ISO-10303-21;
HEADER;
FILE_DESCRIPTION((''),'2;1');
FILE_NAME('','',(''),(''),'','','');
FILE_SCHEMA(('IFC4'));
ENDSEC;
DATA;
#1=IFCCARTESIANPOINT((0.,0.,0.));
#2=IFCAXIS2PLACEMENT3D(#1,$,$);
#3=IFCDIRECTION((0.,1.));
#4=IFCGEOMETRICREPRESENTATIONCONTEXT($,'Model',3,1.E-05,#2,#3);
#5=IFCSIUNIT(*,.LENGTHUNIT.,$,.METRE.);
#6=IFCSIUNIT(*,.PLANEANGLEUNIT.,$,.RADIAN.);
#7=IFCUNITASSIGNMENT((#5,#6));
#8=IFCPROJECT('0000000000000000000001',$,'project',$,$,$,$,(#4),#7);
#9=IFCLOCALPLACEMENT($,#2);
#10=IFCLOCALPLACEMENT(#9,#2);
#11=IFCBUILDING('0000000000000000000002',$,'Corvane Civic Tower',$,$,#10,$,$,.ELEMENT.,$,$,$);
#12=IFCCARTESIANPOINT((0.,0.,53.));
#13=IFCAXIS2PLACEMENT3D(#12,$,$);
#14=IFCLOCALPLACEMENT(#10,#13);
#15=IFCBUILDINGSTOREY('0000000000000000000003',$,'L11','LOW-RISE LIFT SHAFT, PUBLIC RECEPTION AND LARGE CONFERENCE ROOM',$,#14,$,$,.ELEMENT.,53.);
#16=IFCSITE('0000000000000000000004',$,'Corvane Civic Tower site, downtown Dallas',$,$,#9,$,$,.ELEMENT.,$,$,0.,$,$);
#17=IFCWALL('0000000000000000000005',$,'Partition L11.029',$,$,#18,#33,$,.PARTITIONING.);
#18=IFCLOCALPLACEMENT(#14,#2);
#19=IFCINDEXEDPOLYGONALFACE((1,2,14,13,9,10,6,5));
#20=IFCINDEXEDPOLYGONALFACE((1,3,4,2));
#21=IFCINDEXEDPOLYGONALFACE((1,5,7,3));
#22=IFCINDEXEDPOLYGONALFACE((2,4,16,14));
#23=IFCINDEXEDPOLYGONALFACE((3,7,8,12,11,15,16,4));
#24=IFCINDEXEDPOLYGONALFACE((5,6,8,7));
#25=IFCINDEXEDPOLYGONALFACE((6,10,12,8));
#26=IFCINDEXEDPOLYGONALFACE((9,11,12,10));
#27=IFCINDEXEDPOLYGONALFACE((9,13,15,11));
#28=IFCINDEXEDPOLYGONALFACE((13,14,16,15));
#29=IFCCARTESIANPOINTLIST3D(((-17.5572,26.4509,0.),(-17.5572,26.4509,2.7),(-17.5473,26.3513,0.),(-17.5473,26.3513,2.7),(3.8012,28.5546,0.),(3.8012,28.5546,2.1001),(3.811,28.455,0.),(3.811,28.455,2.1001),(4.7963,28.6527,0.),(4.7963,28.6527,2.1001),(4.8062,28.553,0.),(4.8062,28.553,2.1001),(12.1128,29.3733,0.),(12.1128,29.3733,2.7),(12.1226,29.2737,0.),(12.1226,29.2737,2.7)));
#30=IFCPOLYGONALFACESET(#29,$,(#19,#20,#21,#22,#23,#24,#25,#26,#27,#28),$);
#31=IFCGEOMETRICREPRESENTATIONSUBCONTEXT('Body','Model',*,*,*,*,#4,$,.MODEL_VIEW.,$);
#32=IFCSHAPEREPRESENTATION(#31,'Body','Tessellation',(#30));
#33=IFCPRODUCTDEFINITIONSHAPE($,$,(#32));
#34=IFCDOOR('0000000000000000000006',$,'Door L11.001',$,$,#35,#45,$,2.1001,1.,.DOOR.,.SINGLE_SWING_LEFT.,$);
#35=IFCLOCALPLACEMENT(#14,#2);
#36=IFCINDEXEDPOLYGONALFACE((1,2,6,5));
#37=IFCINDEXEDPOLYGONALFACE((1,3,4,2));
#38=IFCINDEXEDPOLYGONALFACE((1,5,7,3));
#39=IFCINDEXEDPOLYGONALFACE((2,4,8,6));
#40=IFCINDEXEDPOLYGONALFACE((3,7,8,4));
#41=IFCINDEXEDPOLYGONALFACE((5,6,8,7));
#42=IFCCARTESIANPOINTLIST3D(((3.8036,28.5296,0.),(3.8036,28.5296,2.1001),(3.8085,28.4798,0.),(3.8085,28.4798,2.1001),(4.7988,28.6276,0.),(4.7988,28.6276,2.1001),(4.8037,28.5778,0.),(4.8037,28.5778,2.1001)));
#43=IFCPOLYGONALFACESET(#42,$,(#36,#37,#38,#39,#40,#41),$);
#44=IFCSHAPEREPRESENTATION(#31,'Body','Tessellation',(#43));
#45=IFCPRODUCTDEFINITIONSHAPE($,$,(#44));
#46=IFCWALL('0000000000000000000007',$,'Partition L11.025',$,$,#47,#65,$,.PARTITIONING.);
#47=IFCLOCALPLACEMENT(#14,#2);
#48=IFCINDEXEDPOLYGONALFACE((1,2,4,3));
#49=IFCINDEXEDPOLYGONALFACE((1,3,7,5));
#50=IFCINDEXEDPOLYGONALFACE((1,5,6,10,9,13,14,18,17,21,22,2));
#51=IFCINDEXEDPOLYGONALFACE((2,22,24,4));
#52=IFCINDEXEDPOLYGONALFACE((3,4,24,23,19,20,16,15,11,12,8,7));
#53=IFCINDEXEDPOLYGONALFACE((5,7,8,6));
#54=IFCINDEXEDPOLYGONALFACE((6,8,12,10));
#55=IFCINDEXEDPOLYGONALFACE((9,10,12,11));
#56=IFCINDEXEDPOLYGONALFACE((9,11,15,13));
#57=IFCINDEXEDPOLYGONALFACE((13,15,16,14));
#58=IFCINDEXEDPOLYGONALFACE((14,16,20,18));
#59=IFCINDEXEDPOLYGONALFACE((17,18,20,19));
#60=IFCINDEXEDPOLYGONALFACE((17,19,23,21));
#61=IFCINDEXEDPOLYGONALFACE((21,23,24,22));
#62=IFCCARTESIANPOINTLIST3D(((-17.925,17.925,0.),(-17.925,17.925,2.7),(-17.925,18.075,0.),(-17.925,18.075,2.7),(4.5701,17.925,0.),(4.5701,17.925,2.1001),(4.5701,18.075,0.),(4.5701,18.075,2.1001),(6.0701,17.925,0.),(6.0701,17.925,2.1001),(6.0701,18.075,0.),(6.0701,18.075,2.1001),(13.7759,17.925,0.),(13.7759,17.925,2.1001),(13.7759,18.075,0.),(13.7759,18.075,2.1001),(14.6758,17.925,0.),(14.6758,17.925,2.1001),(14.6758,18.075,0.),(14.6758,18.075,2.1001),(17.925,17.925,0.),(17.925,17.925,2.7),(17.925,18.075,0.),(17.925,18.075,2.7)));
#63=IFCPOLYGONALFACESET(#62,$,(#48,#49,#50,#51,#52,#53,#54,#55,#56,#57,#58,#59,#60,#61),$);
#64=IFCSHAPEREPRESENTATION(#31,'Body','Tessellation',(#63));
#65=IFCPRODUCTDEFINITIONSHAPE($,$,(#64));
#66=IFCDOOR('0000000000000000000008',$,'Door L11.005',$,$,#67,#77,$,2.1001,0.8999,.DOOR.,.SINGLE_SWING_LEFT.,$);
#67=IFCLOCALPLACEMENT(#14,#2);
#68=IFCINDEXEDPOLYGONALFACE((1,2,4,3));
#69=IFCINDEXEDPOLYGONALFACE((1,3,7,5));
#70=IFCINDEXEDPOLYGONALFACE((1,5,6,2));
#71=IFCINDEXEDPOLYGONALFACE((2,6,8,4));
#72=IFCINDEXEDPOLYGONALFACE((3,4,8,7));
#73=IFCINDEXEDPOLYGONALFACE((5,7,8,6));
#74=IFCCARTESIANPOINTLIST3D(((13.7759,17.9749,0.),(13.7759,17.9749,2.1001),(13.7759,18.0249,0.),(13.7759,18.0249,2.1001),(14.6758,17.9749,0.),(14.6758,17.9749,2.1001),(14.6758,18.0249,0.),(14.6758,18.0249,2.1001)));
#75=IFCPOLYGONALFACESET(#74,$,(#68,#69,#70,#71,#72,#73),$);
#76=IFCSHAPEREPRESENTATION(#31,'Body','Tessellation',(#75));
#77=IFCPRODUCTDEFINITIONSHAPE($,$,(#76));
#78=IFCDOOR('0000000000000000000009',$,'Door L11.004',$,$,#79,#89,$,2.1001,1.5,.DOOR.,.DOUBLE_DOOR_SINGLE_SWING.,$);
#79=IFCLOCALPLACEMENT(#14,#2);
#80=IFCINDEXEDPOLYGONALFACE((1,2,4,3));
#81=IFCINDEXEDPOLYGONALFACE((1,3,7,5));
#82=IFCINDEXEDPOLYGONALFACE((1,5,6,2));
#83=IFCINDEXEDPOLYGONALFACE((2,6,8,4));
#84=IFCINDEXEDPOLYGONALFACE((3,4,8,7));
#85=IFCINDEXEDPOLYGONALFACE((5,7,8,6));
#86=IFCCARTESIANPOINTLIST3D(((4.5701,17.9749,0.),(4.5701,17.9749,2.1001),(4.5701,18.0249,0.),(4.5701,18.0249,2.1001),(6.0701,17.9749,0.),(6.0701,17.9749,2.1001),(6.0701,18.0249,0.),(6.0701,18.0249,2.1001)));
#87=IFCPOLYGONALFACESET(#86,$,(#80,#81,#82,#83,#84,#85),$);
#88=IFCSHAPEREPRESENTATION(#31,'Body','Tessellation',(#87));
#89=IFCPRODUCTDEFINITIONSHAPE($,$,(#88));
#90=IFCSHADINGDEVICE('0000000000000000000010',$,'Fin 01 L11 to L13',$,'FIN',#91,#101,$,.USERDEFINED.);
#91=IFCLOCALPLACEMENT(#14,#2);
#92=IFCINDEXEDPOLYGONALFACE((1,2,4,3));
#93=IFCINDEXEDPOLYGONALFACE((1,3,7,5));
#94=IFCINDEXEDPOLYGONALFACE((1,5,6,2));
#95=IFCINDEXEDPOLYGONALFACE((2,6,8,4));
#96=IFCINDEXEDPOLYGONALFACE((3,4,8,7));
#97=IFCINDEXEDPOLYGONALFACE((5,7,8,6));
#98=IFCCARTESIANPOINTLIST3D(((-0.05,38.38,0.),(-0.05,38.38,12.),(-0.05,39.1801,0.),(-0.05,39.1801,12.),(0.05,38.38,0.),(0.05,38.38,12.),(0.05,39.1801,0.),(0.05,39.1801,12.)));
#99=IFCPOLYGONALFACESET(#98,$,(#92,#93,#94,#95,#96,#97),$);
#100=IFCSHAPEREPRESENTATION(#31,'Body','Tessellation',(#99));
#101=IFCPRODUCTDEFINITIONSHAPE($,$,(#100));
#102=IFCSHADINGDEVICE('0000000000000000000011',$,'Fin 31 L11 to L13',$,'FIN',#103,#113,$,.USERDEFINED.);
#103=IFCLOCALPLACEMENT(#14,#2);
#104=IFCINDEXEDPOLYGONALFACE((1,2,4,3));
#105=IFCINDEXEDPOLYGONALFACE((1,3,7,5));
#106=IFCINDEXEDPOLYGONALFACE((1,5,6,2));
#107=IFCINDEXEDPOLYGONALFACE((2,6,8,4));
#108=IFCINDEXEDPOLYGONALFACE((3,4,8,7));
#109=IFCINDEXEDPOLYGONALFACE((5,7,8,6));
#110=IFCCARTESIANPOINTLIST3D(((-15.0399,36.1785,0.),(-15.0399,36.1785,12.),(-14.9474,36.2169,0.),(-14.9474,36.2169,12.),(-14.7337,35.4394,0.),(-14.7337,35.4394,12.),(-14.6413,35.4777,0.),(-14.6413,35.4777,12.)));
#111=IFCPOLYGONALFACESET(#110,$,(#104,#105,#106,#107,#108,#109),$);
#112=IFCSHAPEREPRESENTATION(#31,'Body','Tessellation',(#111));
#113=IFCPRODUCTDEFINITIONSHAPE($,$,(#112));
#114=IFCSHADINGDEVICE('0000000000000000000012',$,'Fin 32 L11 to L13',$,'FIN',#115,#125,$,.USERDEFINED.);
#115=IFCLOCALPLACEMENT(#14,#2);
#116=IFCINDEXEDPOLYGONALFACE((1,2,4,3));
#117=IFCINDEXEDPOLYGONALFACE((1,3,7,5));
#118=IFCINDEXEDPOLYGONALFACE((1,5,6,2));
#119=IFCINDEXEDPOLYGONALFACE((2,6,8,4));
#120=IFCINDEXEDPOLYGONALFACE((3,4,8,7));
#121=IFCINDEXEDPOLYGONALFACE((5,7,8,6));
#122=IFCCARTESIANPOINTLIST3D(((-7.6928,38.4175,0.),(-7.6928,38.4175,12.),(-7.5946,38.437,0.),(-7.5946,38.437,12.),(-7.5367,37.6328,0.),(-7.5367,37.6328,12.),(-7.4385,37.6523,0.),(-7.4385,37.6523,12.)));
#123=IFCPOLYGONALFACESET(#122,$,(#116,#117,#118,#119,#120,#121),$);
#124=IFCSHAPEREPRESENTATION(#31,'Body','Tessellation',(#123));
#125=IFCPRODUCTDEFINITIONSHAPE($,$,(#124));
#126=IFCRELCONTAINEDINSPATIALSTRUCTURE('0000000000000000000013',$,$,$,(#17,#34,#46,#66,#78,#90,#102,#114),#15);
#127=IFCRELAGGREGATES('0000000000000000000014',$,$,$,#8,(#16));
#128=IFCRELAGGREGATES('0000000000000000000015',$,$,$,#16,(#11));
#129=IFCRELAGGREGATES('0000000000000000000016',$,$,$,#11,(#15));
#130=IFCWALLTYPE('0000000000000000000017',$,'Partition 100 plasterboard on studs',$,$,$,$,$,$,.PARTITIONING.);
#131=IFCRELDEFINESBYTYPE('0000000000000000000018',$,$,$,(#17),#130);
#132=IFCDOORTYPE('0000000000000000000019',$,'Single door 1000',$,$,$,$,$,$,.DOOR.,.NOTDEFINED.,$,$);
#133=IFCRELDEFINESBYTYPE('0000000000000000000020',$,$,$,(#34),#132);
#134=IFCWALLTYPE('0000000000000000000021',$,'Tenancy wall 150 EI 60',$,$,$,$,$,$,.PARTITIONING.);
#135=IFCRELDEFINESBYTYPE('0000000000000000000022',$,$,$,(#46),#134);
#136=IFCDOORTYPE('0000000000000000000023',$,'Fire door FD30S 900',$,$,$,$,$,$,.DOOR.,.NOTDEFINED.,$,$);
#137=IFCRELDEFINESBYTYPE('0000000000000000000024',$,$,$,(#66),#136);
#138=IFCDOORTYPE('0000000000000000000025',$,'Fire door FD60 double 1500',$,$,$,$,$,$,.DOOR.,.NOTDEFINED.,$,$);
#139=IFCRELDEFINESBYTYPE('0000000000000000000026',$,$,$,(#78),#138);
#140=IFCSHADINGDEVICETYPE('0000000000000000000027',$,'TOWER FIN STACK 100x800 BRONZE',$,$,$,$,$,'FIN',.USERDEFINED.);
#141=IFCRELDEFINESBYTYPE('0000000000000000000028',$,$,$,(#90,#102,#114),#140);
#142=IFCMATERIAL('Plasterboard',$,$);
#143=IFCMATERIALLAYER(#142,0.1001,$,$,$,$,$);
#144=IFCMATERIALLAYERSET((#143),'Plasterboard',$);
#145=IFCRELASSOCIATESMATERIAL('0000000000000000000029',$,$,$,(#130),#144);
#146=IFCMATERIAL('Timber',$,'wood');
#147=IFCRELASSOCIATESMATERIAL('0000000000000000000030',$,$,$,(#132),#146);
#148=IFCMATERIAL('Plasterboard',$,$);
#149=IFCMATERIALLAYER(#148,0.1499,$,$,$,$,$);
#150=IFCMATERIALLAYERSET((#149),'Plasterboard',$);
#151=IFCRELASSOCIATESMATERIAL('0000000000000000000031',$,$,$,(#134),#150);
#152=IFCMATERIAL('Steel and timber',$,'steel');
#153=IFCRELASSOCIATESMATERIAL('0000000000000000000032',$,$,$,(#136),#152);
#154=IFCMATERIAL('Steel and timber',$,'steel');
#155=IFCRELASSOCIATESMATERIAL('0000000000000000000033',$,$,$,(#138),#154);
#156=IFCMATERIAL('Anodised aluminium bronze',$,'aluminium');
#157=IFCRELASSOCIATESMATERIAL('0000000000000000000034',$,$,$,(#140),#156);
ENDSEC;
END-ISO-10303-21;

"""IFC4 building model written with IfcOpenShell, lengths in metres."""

from ifc_helpers import new_model, si_unit, direction, frame, frame_2d, origin, origin_2d, place, context, subcontext, project, spatial, rectangle, extrude, material, layer, layer_set, material_profile, profile_set, type_object, element, fill, save


model = new_model("IFC4")

# Units and contexts
model_context = context("Model", 3, precision=1e-05, world=origin(), true_north=direction((0.0, 1.0)))
body_context = subcontext(model_context, "Body", "Model", "MODEL_VIEW")
ifc_project = project(units=[si_unit("LENGTHUNIT", "METRE"), si_unit("PLANEANGLEUNIT", "RADIAN")], contexts=[model_context])

# Site, building, storey
site_placement = place(None, origin())
site = spatial("IfcSite", under=ifc_project, at=site_placement, Name="Corvane Civic Tower site, downtown Dallas", CompositionType="ELEMENT", RefElevation=0.0)
building_placement = place(site_placement, origin())
building = spatial("IfcBuilding", under=site, at=building_placement, Name="Corvane Civic Tower", CompositionType="ELEMENT")
storey_placement = place(building_placement, frame((0.0, 0.0, 53.0)))
storey = spatial("IfcBuildingStorey", under=building, at=storey_placement, Name="L11", Description="LOW-RISE LIFT SHAFT, PUBLIC RECEPTION AND LARGE CONFERENCE ROOM", CompositionType="ELEMENT", Elevation=53.0)

# Wall, opening, door
ifc_material_1 = material(Name="Plasterboard")
ifc_layer_1 = layer(ifc_material_1, 0.1001)
ifc_layer_set_1 = layer_set([ifc_layer_1], Name="Plasterboard")
wall_type_1 = type_object("IfcWallType", Name="Partition 100 plasterboard on studs", PredefinedType="PARTITIONING", material=ifc_layer_set_1)
wall_1_placement = place(storey_placement, frame((-17.5522, 26.4011, 0.0), z_axis=(0.0, 0.0, 1.0), x_axis=(0.995184, 0.098021, 0.0)))
wall_1 = element("IfcWall", 1, at=wall_1_placement, inside=storey, type_object=wall_type_1, Name="Partition L11.029", PredefinedType="PARTITIONING", context=body_context, shape_type="SweptSolid", body=[
    extrude(rectangle(XDim=29.8135, YDim=0.1001, at=frame_2d((14.9067, 0.0))), origin(), (0.0, 0.0, 1.0), 2.7),
])
opening_1_placement = place(wall_1_placement, frame((21.4617, 0.0, 0.0)))
opening_1 = element("IfcOpeningElement", 2, at=opening_1_placement, cuts=wall_1, PredefinedType="OPENING", context=body_context, shape_type="SweptSolid", body=[
    extrude(rectangle(XDim=1.0, YDim=2.1001, at=frame_2d((0.5, 1.05))), frame((0.0, 0.0601, 0.0), z_axis=(0.0, -1.0, 0.0), x_axis=(1.0, 0.0, 0.0)), (0.0, 0.0, 1.0), 0.1201),
])
ifc_material_2 = material(Name="Timber", Category="wood")
door_type_1 = type_object("IfcDoorType", Name="Single door 1000", OperationType="NOTDEFINED", PredefinedType="DOOR", material=ifc_material_2)
door_1_placement = place(opening_1_placement, origin())
door_1 = element("IfcDoor", 3, at=door_1_placement, inside=storey, type_object=door_type_1, Name="Door L11.001", OperationType="SINGLE_SWING_LEFT", OverallHeight=2.1001, OverallWidth=1.0, PredefinedType="DOOR", context=body_context, shape_type="SweptSolid", body=[
    extrude(rectangle(XDim=1.0, YDim=2.1001, at=frame_2d((0.5, 1.05))), frame((0.0, 0.0249, 0.0), z_axis=(0.0, -1.0, 0.0), x_axis=(1.0, 0.0, 0.0)), (0.0, 0.0, 1.0), 0.05),
])
fill(opening_1, door_1)

# Wall, openings, doors
ifc_material_3 = material(Name="Plasterboard")
ifc_layer_2 = layer(ifc_material_3, 0.1499)
ifc_layer_set_2 = layer_set([ifc_layer_2], Name="Plasterboard")
wall_type_2 = type_object("IfcWallType", Name="Tenancy wall 150 EI 60", PredefinedType="PARTITIONING", material=ifc_layer_set_2)
wall_2_placement = place(storey_placement, frame((-17.925, 18.0, 0.0), z_axis=(0.0, 0.0, 1.0), x_axis=(1.0, 0.0, 0.0)))
wall_2 = element("IfcWall", 4, at=wall_2_placement, inside=storey, type_object=wall_type_2, Name="Partition L11.025", PredefinedType="PARTITIONING", context=body_context, shape_type="SweptSolid", body=[
    extrude(rectangle(XDim=35.8501, YDim=0.1499, at=frame_2d((17.925, 0.0))), origin(), (0.0, 0.0, 1.0), 2.7),
])
opening_2_placement = place(wall_2_placement, frame((22.4951, 0.0, 0.0)))
opening_2 = element("IfcOpeningElement", 5, at=opening_2_placement, cuts=wall_2, PredefinedType="OPENING", context=body_context, shape_type="SweptSolid", body=[
    extrude(rectangle(XDim=1.5, YDim=2.1001, at=frame_2d((0.75, 1.05))), frame((0.0, 0.085, 0.0), z_axis=(0.0, -1.0, 0.0), x_axis=(1.0, 0.0, 0.0)), (0.0, 0.0, 1.0), 0.1699),
])
opening_3_placement = place(wall_2_placement, frame((31.7009, 0.0, 0.0)))
opening_3 = element("IfcOpeningElement", 6, at=opening_3_placement, cuts=wall_2, PredefinedType="OPENING", context=body_context, shape_type="SweptSolid", body=[
    extrude(rectangle(XDim=0.8999, YDim=2.1001, at=frame_2d((0.45, 1.05))), frame((0.0, 0.085, 0.0), z_axis=(0.0, -1.0, 0.0), x_axis=(1.0, 0.0, 0.0)), (0.0, 0.0, 1.0), 0.1699),
])
ifc_material_4 = material(Name="Steel and timber", Category="steel")
door_type_2 = type_object("IfcDoorType", Name="Fire door FD30S 900", OperationType="NOTDEFINED", PredefinedType="DOOR", material=ifc_material_4)
door_2_placement = place(opening_3_placement, origin())
door_2 = element("IfcDoor", 7, at=door_2_placement, inside=storey, type_object=door_type_2, Name="Door L11.005", OperationType="SINGLE_SWING_LEFT", OverallHeight=2.1001, OverallWidth=0.8999, PredefinedType="DOOR", context=body_context, shape_type="SweptSolid", body=[
    extrude(rectangle(XDim=0.8999, YDim=2.1001, at=frame_2d((0.45, 1.05))), frame((0.0, 0.0249, 0.0), z_axis=(0.0, -1.0, 0.0), x_axis=(1.0, 0.0, 0.0)), (0.0, 0.0, 1.0), 0.05),
])
fill(opening_3, door_2)
ifc_material_5 = material(Name="Steel and timber", Category="steel")
door_type_3 = type_object("IfcDoorType", Name="Fire door FD60 double 1500", OperationType="NOTDEFINED", PredefinedType="DOOR", material=ifc_material_5)
door_3_placement = place(opening_2_placement, origin())
door_3 = element("IfcDoor", 8, at=door_3_placement, inside=storey, type_object=door_type_3, Name="Door L11.004", OperationType="DOUBLE_DOOR_SINGLE_SWING", OverallHeight=2.1001, OverallWidth=1.5, PredefinedType="DOOR", context=body_context, shape_type="SweptSolid", body=[
    extrude(rectangle(XDim=1.5, YDim=2.1001, at=frame_2d((0.75, 1.05))), frame((0.0, 0.0249, 0.0), z_axis=(0.0, -1.0, 0.0), x_axis=(1.0, 0.0, 0.0)), (0.0, 0.0, 1.0), 0.05),
])
fill(opening_2, door_3)

# Shading devices
ifc_material_6 = material(Name="Anodised aluminium bronze", Category="aluminium")
ifc_material_profile_1 = material_profile(ifc_material_6, rectangle(XDim=0.1001, YDim=0.8, at=origin_2d()), Name="TOWER FIN STACK 100x800 BRONZE")
ifc_profile_set_1 = profile_set([ifc_material_profile_1], Name="Anodised aluminium bronze")
shading_device_type = type_object("IfcShadingDeviceType", Name="TOWER FIN STACK 100x800 BRONZE", ElementType="FIN", PredefinedType="USERDEFINED", material=ifc_profile_set_1)
for number, where, z_axis, x_axis, name in (
    (9, (0.0, 38.78, 0.0), (0.0, 0.0, 1.0), (1.0, 0.0, 0.0), "Fin 01 L11 to L13"),
    (10, (-14.8406, 35.8281, 0.0), (0.0, 0.0, 1.0), (0.92388, 0.382683, 0.0), "Fin 31 L11 to L13"),
    (11, (-7.5657, 38.0349, 0.0), (0.0, 0.0, 1.0), (0.980785, 0.19509, 0.0), "Fin 32 L11 to L13"),
):
    element("IfcShadingDevice", number, at=place(storey_placement, frame(where, z_axis=z_axis, x_axis=x_axis)), inside=storey, type_object=shading_device_type, Name=name, ObjectType="FIN", PredefinedType="USERDEFINED", context=body_context, shape_type="SweptSolid", body=[
        extrude(rectangle(XDim=0.1001, YDim=0.8, at=origin_2d()), origin(), (0.0, 0.0, 1.0), 12.0),
    ])

save(model, "model.ifc")
